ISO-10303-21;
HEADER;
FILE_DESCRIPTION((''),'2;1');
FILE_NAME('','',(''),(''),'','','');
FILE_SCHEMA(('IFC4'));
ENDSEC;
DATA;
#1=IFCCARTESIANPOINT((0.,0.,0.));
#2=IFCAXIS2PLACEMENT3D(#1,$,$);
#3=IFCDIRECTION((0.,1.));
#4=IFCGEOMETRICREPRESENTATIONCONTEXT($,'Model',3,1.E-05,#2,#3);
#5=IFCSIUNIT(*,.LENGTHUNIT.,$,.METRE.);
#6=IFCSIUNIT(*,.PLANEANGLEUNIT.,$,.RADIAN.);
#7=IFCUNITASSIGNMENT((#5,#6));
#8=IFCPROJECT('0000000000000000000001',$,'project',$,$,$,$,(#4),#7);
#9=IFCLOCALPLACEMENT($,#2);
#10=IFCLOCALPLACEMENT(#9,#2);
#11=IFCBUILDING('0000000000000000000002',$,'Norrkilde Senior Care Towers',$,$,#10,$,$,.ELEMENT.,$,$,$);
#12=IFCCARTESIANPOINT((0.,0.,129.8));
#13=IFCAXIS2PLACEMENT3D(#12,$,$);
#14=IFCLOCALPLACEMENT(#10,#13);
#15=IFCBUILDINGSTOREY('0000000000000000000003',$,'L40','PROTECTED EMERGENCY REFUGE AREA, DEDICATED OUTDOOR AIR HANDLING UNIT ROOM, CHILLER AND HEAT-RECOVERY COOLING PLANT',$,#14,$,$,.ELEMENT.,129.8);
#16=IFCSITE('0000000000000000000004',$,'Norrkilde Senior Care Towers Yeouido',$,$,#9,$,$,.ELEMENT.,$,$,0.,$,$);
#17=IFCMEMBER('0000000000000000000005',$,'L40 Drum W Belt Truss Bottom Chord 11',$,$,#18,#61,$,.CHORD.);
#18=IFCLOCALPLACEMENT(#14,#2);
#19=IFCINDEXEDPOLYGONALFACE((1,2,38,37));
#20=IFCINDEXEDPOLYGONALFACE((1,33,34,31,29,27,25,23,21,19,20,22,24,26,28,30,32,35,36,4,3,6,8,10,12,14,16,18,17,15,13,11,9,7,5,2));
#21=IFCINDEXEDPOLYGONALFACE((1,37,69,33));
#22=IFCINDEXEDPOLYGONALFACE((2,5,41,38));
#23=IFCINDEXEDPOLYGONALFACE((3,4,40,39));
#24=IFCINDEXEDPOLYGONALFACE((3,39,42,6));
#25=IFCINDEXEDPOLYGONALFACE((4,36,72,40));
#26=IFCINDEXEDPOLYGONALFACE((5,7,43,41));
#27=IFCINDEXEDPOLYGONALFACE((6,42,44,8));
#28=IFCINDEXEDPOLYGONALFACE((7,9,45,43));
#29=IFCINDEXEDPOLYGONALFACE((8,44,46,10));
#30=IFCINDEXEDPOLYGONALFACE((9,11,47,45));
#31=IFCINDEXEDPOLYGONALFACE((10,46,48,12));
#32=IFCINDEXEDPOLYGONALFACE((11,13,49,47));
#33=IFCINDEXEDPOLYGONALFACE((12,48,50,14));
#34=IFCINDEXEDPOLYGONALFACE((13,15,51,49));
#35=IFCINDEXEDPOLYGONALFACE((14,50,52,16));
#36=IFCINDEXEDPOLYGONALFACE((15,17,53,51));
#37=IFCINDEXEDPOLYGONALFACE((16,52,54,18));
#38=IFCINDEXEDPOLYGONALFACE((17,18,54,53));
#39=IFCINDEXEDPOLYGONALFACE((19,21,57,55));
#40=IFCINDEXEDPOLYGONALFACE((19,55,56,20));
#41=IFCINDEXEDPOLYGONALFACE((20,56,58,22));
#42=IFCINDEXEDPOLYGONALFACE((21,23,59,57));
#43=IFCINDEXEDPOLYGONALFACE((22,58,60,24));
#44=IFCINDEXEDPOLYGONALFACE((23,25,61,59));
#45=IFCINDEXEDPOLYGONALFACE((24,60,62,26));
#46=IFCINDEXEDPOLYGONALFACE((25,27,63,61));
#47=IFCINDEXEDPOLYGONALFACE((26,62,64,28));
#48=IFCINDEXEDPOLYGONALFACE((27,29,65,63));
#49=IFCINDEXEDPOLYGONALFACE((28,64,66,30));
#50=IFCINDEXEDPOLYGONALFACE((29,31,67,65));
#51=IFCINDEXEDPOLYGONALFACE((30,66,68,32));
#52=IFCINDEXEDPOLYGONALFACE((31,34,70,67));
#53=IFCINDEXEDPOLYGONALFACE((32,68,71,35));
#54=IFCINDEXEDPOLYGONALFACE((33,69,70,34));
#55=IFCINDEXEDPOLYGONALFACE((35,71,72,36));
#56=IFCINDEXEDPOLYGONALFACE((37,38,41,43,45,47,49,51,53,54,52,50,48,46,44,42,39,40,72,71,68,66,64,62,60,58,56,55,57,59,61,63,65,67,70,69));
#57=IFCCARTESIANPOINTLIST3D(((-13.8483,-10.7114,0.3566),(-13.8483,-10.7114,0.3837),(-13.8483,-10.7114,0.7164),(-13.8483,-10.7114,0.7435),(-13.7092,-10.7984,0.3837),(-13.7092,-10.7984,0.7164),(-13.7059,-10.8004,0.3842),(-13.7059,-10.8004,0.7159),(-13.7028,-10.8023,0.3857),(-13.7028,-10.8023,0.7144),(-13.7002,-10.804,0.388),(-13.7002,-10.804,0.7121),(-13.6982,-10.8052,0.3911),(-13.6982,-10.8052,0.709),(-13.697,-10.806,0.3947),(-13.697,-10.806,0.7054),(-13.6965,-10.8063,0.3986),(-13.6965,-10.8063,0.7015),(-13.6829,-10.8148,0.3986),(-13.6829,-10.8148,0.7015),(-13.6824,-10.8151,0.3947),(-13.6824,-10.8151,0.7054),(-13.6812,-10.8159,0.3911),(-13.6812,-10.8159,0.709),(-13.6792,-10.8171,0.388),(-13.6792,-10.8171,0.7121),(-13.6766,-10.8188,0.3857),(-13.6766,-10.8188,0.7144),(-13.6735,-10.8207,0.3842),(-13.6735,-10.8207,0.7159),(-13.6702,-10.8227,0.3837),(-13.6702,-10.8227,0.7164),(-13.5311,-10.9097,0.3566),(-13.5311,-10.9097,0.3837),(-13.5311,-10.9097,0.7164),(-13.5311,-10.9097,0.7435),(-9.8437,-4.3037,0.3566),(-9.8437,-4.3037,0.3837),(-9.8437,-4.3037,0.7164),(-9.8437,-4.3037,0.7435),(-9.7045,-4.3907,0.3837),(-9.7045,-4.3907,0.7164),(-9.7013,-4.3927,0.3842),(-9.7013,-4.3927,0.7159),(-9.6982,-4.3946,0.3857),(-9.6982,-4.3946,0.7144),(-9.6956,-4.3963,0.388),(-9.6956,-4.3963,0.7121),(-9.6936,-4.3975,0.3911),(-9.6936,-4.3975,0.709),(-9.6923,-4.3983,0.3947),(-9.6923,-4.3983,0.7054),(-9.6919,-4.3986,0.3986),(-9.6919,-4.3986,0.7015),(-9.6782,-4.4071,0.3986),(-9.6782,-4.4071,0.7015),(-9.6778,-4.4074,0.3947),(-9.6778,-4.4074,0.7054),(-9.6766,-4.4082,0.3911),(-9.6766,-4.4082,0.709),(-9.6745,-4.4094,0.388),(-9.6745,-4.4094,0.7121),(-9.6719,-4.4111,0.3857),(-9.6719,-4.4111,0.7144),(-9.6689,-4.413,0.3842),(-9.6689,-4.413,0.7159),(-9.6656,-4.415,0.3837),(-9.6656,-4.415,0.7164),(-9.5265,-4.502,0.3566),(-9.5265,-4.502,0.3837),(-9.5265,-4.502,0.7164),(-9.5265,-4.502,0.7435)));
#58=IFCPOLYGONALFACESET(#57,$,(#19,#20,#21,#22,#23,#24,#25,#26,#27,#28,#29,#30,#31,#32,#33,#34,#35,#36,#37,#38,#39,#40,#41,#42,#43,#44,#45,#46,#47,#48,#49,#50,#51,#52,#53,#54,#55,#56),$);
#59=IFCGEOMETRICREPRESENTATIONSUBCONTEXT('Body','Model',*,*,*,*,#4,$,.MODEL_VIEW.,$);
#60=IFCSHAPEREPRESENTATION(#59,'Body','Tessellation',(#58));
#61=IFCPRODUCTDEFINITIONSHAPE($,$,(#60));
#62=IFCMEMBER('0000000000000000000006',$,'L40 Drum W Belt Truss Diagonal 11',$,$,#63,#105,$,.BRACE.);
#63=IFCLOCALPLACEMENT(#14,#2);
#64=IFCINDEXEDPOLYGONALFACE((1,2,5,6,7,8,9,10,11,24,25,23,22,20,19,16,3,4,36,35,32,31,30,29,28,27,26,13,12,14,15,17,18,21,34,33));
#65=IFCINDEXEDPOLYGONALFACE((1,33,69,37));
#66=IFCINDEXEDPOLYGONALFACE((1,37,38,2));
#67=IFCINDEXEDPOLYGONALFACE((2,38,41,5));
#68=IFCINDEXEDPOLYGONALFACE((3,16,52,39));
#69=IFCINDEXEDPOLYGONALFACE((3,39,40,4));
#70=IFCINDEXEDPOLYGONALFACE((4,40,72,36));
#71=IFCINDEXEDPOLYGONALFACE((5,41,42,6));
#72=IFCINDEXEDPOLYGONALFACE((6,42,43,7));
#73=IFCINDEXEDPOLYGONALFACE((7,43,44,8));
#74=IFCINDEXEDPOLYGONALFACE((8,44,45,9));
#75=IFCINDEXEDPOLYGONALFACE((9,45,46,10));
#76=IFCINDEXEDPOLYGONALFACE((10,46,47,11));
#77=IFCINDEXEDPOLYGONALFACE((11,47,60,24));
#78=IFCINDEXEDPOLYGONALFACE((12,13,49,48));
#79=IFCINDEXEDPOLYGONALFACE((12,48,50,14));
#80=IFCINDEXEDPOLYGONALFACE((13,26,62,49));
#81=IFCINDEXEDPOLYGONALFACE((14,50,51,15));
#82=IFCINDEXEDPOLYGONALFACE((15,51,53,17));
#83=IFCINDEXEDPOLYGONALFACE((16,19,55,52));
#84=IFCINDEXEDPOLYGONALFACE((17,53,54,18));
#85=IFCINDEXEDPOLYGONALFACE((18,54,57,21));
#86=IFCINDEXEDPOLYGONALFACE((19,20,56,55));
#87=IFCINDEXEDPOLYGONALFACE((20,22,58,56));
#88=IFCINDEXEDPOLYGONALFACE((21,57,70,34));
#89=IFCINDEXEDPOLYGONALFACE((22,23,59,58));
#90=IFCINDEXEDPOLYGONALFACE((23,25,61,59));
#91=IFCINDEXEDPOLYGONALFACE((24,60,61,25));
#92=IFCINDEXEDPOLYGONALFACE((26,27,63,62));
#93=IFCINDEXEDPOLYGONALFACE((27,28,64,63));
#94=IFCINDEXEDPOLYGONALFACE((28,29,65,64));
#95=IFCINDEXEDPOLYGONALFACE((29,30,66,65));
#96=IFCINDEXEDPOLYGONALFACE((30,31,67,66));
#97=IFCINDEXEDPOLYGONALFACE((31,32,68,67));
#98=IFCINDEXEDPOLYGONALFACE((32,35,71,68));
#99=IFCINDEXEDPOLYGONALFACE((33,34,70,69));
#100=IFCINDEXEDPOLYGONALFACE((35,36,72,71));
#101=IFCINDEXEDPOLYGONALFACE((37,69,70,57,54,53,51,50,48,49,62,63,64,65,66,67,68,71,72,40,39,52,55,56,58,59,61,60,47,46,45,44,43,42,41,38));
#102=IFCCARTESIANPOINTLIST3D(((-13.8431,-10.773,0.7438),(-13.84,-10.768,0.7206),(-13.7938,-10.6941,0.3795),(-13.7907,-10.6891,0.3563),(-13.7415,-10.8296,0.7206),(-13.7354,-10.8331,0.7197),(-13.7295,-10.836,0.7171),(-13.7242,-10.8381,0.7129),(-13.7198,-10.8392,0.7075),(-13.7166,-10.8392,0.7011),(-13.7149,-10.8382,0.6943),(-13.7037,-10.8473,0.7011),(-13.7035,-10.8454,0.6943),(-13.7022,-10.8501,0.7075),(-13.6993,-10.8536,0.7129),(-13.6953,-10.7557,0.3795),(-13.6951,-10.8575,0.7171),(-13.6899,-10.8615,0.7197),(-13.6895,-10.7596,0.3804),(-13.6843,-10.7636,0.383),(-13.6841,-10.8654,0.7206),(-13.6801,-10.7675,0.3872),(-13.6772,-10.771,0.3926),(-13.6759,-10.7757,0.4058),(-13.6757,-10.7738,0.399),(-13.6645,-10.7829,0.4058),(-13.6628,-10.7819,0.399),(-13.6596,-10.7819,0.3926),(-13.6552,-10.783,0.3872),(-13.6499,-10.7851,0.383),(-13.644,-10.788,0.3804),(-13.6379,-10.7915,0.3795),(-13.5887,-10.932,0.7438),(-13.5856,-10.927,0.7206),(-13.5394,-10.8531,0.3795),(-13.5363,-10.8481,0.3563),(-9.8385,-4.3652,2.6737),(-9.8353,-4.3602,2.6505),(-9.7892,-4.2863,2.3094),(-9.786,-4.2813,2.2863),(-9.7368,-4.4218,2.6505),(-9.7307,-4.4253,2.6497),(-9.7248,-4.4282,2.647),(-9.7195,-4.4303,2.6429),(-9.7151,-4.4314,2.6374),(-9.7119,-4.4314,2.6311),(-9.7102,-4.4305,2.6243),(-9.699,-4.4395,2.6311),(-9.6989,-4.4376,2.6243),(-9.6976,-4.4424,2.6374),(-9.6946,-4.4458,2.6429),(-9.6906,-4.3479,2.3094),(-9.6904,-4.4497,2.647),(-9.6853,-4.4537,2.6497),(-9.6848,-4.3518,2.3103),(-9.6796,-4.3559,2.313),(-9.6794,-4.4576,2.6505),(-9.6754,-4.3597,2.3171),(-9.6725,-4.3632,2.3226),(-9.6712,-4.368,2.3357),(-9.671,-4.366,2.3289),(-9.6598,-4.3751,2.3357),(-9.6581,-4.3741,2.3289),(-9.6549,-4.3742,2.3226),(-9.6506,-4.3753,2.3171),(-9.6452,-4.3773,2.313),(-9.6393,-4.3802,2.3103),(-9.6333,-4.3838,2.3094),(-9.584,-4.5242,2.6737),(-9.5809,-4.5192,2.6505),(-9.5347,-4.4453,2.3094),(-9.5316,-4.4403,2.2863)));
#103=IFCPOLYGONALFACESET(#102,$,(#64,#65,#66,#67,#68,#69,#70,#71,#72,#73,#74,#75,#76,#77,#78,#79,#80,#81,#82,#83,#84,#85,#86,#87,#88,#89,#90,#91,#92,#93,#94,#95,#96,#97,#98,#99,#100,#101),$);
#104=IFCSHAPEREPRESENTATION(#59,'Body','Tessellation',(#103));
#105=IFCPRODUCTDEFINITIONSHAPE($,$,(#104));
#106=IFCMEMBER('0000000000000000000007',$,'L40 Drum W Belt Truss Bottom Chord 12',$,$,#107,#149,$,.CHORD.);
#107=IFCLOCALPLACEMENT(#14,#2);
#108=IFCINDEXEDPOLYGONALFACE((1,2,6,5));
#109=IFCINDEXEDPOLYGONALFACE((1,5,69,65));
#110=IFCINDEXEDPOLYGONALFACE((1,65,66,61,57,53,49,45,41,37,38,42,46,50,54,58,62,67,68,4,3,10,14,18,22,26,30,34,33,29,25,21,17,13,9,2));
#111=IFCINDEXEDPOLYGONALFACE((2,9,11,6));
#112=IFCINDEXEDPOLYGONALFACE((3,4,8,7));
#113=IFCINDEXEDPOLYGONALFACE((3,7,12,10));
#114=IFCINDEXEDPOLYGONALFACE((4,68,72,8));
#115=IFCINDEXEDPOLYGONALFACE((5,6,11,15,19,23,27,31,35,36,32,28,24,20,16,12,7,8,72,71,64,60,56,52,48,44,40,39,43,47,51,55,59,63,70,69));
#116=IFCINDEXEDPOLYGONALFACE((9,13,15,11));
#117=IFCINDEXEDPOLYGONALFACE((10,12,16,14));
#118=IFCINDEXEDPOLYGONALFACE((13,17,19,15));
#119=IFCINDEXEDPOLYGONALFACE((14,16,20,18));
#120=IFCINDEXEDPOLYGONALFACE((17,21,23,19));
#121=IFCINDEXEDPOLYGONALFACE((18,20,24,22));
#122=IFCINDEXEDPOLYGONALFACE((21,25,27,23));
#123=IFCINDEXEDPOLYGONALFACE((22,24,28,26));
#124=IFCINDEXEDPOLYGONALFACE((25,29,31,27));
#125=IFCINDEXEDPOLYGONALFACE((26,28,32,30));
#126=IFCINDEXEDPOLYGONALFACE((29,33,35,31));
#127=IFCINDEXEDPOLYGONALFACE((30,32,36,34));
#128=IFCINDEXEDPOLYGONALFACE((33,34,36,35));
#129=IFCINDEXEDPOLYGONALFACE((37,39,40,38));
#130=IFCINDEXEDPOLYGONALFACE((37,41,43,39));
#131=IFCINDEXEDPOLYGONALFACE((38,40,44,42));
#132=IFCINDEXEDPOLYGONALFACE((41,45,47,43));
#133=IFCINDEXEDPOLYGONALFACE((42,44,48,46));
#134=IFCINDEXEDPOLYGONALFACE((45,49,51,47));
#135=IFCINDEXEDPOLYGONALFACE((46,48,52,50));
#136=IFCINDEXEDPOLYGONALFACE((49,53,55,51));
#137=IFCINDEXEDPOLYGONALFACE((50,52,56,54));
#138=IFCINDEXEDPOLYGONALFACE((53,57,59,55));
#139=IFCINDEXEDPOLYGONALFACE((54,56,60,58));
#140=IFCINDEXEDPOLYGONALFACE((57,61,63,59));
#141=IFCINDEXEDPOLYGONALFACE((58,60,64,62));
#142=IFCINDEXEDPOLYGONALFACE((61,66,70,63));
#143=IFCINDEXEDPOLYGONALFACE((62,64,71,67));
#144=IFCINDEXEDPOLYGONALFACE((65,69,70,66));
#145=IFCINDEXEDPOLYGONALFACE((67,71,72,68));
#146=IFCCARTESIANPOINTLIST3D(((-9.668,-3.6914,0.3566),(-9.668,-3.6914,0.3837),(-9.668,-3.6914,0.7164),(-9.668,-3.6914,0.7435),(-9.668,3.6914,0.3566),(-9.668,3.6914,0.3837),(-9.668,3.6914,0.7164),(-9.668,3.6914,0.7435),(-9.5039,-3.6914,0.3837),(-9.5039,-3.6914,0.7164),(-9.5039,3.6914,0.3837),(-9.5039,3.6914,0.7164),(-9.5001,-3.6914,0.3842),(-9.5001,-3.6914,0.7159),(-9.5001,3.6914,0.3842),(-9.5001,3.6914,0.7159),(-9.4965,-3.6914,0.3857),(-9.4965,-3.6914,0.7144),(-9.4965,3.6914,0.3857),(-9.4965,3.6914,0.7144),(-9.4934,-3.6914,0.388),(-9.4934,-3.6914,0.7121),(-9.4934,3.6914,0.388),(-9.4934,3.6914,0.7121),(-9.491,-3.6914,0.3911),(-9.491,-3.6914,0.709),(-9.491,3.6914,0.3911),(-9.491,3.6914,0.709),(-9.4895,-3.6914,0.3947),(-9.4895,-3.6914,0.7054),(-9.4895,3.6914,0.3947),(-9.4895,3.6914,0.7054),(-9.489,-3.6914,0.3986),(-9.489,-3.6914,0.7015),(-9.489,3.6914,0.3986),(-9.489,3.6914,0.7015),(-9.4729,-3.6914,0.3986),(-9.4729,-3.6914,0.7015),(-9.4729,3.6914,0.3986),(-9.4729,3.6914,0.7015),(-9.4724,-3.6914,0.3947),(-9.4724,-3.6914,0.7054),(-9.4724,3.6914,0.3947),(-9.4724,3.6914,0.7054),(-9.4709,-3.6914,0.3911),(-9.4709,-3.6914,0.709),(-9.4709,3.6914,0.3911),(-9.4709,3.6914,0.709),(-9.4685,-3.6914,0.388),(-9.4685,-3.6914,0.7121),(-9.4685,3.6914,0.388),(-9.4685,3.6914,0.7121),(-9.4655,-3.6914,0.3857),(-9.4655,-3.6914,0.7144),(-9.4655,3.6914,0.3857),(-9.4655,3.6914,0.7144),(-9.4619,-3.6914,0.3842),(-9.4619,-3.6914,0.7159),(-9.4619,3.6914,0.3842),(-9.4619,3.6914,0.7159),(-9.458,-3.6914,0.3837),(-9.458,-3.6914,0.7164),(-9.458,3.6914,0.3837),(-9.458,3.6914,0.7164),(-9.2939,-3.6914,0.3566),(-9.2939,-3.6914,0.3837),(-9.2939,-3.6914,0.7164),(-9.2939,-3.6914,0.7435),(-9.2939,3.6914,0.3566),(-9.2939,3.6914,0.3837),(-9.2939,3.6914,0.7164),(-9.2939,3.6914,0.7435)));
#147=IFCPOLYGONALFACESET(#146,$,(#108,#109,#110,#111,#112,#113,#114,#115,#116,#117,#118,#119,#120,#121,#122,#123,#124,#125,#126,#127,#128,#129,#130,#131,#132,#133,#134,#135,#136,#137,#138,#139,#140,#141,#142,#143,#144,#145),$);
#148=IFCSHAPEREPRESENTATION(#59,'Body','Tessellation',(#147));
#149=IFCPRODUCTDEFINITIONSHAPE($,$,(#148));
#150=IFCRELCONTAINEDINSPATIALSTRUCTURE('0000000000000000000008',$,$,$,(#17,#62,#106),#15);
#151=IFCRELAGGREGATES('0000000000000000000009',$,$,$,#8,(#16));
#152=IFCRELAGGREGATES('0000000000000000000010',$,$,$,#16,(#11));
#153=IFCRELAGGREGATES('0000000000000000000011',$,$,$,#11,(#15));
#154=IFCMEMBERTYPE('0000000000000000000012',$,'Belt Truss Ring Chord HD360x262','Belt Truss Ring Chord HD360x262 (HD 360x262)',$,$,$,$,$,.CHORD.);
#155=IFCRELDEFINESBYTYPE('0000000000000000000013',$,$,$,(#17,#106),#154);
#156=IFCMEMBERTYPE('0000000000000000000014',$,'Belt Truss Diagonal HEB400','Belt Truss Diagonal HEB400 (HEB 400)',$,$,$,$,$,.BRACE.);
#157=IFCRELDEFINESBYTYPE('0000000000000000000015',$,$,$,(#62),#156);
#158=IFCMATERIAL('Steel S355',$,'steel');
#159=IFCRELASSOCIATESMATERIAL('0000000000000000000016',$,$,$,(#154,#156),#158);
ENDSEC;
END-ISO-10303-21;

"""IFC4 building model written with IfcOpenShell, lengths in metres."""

from ifc_helpers import new_model, si_unit, direction, frame, origin, origin_2d, place, context, subcontext, project, spatial, i_section, extrude, source, transform, mapped, material, material_profile, profile_set, type_object, type_shapes, element, save


model = new_model("IFC4")

# Units and contexts
model_context = context("Model", 3, precision=1e-05, world=origin(), true_north=direction((0.0, 1.0)))
body_context = subcontext(model_context, "Body", "Model", "MODEL_VIEW")
ifc_project = project(units=[si_unit("LENGTHUNIT", "METRE"), si_unit("PLANEANGLEUNIT", "RADIAN")], contexts=[model_context])

# Site, building, storey
site_placement = place(None, origin())
site = spatial("IfcSite", under=ifc_project, at=site_placement, Name="Norrkilde Senior Care Towers Yeouido", CompositionType="ELEMENT", RefElevation=0.0)
building_placement = place(site_placement, origin())
building = spatial("IfcBuilding", under=site, at=building_placement, Name="Norrkilde Senior Care Towers", CompositionType="ELEMENT")
storey_placement = place(building_placement, frame((0.0, 0.0, 129.8)))
storey = spatial("IfcBuildingStorey", under=building, at=storey_placement, Name="L40", Description="PROTECTED EMERGENCY REFUGE AREA, DEDICATED OUTDOOR AIR HANDLING UNIT ROOM, CHILLER AND HEAT-RECOVERY COOLING PLANT", CompositionType="ELEMENT", Elevation=129.8)

# Members
ifc_material_1 = material(Name="Steel S355", Category="steel")
ifc_material_profile_1 = material_profile(ifc_material_1, i_section(OverallWidth=0.374, OverallDepth=0.387, WebThickness=0.0161, FlangeThickness=0.0271, FilletRadius=0.0149, at=origin_2d()), Name="HD 360x262")
ifc_profile_set_1 = profile_set([ifc_material_profile_1], Name="Steel S355")
member_type_1 = type_object("IfcMemberType", Name="Belt Truss Ring Chord HD360x262", Description="Belt Truss Ring Chord HD360x262 (HD 360x262)", PredefinedType="CHORD", material=ifc_profile_set_1)
shared_shape_1 = source(origin(), body_context, "Body", "SweptSolid", [
    extrude(i_section(OverallWidth=0.374, OverallDepth=0.387, WebThickness=0.0161, FlangeThickness=0.0271, FilletRadius=0.0149, at=origin_2d()), origin(), (0.0, 0.0, 1.0), 7.5562),
])
member_1_placement = place(storey_placement, frame((-13.6897, -10.8105, 0.55), z_axis=(0.529982, 0.848009, 0.0), x_axis=(-0.848009, 0.529982, 0.0)))
element("IfcMember", 1, at=member_1_placement, inside=storey, type_object=member_type_1, Name="L40 Drum W Belt Truss Bottom Chord 11", PredefinedType="CHORD", context=body_context, shape_type="MappedRepresentation", body=[
    mapped(shared_shape_1, transform((0.0, 0.0, 0.0), x_axis=(1.0, 0.0, 0.0), y_axis=(0.0, 1.0, 0.0), z_axis=(0.0, 0.0, 1.0), scale=1.0)),
])
ifc_material_profile_2 = material_profile(ifc_material_1, i_section(OverallWidth=0.3, OverallDepth=0.3999, WebThickness=0.0134, FlangeThickness=0.0239, FilletRadius=0.0271, at=origin_2d()), Name="HEB 400")
ifc_profile_set_2 = profile_set([ifc_material_profile_2], Name="Steel S355")
member_type_2 = type_object("IfcMemberType", Name="Belt Truss Diagonal HEB400", Description="Belt Truss Diagonal HEB400 (HEB 400)", PredefinedType="BRACE", material=ifc_profile_set_2)
shared_shape_2 = source(origin(), body_context, "Body", "SweptSolid", [
    extrude(i_section(OverallWidth=0.3, OverallDepth=0.3999, WebThickness=0.0134, FlangeThickness=0.0239, FilletRadius=0.0271, at=origin_2d()), origin(), (0.0, 0.0, 1.0), 7.7988),
])
member_2_placement = place(storey_placement, frame((-13.6897, -10.8105, 0.55), z_axis=(0.513497, 0.821633, 0.247467), x_axis=(-0.848009, 0.529982, 0.0)))
element("IfcMember", 2, at=member_2_placement, inside=storey, type_object=member_type_2, Name="L40 Drum W Belt Truss Diagonal 11", PredefinedType="BRACE", context=body_context, shape_type="MappedRepresentation", body=[
    mapped(shared_shape_2, transform((0.0, 0.0, 0.0), x_axis=(1.0, 0.0, 0.0), y_axis=(0.0, 1.0, 0.0), z_axis=(0.0, 0.0, 1.0), scale=1.0)),
])
shared_shape_3 = source(origin(), body_context, "Body", "SweptSolid", [
    extrude(i_section(OverallWidth=0.374, OverallDepth=0.387, WebThickness=0.0161, FlangeThickness=0.0271, FilletRadius=0.0149, at=origin_2d()), origin(), (0.0, 0.0, 1.0), 7.3828),
])
type_shapes(member_type_1, [shared_shape_1, shared_shape_3])
member_3_placement = place(storey_placement, frame((-9.481, -3.6914, 0.55), z_axis=(0.0, 1.0, 0.0), x_axis=(-1.0, 0.0, 0.0)))
element("IfcMember", 3, at=member_3_placement, inside=storey, type_object=member_type_1, Name="L40 Drum W Belt Truss Bottom Chord 12", PredefinedType="CHORD", context=body_context, shape_type="MappedRepresentation", body=[
    mapped(shared_shape_3, transform((0.0, 0.0, 0.0), x_axis=(1.0, 0.0, 0.0), y_axis=(0.0, 1.0, 0.0), z_axis=(0.0, 0.0, 1.0), scale=1.0)),
])

save(model, "model.ifc")
